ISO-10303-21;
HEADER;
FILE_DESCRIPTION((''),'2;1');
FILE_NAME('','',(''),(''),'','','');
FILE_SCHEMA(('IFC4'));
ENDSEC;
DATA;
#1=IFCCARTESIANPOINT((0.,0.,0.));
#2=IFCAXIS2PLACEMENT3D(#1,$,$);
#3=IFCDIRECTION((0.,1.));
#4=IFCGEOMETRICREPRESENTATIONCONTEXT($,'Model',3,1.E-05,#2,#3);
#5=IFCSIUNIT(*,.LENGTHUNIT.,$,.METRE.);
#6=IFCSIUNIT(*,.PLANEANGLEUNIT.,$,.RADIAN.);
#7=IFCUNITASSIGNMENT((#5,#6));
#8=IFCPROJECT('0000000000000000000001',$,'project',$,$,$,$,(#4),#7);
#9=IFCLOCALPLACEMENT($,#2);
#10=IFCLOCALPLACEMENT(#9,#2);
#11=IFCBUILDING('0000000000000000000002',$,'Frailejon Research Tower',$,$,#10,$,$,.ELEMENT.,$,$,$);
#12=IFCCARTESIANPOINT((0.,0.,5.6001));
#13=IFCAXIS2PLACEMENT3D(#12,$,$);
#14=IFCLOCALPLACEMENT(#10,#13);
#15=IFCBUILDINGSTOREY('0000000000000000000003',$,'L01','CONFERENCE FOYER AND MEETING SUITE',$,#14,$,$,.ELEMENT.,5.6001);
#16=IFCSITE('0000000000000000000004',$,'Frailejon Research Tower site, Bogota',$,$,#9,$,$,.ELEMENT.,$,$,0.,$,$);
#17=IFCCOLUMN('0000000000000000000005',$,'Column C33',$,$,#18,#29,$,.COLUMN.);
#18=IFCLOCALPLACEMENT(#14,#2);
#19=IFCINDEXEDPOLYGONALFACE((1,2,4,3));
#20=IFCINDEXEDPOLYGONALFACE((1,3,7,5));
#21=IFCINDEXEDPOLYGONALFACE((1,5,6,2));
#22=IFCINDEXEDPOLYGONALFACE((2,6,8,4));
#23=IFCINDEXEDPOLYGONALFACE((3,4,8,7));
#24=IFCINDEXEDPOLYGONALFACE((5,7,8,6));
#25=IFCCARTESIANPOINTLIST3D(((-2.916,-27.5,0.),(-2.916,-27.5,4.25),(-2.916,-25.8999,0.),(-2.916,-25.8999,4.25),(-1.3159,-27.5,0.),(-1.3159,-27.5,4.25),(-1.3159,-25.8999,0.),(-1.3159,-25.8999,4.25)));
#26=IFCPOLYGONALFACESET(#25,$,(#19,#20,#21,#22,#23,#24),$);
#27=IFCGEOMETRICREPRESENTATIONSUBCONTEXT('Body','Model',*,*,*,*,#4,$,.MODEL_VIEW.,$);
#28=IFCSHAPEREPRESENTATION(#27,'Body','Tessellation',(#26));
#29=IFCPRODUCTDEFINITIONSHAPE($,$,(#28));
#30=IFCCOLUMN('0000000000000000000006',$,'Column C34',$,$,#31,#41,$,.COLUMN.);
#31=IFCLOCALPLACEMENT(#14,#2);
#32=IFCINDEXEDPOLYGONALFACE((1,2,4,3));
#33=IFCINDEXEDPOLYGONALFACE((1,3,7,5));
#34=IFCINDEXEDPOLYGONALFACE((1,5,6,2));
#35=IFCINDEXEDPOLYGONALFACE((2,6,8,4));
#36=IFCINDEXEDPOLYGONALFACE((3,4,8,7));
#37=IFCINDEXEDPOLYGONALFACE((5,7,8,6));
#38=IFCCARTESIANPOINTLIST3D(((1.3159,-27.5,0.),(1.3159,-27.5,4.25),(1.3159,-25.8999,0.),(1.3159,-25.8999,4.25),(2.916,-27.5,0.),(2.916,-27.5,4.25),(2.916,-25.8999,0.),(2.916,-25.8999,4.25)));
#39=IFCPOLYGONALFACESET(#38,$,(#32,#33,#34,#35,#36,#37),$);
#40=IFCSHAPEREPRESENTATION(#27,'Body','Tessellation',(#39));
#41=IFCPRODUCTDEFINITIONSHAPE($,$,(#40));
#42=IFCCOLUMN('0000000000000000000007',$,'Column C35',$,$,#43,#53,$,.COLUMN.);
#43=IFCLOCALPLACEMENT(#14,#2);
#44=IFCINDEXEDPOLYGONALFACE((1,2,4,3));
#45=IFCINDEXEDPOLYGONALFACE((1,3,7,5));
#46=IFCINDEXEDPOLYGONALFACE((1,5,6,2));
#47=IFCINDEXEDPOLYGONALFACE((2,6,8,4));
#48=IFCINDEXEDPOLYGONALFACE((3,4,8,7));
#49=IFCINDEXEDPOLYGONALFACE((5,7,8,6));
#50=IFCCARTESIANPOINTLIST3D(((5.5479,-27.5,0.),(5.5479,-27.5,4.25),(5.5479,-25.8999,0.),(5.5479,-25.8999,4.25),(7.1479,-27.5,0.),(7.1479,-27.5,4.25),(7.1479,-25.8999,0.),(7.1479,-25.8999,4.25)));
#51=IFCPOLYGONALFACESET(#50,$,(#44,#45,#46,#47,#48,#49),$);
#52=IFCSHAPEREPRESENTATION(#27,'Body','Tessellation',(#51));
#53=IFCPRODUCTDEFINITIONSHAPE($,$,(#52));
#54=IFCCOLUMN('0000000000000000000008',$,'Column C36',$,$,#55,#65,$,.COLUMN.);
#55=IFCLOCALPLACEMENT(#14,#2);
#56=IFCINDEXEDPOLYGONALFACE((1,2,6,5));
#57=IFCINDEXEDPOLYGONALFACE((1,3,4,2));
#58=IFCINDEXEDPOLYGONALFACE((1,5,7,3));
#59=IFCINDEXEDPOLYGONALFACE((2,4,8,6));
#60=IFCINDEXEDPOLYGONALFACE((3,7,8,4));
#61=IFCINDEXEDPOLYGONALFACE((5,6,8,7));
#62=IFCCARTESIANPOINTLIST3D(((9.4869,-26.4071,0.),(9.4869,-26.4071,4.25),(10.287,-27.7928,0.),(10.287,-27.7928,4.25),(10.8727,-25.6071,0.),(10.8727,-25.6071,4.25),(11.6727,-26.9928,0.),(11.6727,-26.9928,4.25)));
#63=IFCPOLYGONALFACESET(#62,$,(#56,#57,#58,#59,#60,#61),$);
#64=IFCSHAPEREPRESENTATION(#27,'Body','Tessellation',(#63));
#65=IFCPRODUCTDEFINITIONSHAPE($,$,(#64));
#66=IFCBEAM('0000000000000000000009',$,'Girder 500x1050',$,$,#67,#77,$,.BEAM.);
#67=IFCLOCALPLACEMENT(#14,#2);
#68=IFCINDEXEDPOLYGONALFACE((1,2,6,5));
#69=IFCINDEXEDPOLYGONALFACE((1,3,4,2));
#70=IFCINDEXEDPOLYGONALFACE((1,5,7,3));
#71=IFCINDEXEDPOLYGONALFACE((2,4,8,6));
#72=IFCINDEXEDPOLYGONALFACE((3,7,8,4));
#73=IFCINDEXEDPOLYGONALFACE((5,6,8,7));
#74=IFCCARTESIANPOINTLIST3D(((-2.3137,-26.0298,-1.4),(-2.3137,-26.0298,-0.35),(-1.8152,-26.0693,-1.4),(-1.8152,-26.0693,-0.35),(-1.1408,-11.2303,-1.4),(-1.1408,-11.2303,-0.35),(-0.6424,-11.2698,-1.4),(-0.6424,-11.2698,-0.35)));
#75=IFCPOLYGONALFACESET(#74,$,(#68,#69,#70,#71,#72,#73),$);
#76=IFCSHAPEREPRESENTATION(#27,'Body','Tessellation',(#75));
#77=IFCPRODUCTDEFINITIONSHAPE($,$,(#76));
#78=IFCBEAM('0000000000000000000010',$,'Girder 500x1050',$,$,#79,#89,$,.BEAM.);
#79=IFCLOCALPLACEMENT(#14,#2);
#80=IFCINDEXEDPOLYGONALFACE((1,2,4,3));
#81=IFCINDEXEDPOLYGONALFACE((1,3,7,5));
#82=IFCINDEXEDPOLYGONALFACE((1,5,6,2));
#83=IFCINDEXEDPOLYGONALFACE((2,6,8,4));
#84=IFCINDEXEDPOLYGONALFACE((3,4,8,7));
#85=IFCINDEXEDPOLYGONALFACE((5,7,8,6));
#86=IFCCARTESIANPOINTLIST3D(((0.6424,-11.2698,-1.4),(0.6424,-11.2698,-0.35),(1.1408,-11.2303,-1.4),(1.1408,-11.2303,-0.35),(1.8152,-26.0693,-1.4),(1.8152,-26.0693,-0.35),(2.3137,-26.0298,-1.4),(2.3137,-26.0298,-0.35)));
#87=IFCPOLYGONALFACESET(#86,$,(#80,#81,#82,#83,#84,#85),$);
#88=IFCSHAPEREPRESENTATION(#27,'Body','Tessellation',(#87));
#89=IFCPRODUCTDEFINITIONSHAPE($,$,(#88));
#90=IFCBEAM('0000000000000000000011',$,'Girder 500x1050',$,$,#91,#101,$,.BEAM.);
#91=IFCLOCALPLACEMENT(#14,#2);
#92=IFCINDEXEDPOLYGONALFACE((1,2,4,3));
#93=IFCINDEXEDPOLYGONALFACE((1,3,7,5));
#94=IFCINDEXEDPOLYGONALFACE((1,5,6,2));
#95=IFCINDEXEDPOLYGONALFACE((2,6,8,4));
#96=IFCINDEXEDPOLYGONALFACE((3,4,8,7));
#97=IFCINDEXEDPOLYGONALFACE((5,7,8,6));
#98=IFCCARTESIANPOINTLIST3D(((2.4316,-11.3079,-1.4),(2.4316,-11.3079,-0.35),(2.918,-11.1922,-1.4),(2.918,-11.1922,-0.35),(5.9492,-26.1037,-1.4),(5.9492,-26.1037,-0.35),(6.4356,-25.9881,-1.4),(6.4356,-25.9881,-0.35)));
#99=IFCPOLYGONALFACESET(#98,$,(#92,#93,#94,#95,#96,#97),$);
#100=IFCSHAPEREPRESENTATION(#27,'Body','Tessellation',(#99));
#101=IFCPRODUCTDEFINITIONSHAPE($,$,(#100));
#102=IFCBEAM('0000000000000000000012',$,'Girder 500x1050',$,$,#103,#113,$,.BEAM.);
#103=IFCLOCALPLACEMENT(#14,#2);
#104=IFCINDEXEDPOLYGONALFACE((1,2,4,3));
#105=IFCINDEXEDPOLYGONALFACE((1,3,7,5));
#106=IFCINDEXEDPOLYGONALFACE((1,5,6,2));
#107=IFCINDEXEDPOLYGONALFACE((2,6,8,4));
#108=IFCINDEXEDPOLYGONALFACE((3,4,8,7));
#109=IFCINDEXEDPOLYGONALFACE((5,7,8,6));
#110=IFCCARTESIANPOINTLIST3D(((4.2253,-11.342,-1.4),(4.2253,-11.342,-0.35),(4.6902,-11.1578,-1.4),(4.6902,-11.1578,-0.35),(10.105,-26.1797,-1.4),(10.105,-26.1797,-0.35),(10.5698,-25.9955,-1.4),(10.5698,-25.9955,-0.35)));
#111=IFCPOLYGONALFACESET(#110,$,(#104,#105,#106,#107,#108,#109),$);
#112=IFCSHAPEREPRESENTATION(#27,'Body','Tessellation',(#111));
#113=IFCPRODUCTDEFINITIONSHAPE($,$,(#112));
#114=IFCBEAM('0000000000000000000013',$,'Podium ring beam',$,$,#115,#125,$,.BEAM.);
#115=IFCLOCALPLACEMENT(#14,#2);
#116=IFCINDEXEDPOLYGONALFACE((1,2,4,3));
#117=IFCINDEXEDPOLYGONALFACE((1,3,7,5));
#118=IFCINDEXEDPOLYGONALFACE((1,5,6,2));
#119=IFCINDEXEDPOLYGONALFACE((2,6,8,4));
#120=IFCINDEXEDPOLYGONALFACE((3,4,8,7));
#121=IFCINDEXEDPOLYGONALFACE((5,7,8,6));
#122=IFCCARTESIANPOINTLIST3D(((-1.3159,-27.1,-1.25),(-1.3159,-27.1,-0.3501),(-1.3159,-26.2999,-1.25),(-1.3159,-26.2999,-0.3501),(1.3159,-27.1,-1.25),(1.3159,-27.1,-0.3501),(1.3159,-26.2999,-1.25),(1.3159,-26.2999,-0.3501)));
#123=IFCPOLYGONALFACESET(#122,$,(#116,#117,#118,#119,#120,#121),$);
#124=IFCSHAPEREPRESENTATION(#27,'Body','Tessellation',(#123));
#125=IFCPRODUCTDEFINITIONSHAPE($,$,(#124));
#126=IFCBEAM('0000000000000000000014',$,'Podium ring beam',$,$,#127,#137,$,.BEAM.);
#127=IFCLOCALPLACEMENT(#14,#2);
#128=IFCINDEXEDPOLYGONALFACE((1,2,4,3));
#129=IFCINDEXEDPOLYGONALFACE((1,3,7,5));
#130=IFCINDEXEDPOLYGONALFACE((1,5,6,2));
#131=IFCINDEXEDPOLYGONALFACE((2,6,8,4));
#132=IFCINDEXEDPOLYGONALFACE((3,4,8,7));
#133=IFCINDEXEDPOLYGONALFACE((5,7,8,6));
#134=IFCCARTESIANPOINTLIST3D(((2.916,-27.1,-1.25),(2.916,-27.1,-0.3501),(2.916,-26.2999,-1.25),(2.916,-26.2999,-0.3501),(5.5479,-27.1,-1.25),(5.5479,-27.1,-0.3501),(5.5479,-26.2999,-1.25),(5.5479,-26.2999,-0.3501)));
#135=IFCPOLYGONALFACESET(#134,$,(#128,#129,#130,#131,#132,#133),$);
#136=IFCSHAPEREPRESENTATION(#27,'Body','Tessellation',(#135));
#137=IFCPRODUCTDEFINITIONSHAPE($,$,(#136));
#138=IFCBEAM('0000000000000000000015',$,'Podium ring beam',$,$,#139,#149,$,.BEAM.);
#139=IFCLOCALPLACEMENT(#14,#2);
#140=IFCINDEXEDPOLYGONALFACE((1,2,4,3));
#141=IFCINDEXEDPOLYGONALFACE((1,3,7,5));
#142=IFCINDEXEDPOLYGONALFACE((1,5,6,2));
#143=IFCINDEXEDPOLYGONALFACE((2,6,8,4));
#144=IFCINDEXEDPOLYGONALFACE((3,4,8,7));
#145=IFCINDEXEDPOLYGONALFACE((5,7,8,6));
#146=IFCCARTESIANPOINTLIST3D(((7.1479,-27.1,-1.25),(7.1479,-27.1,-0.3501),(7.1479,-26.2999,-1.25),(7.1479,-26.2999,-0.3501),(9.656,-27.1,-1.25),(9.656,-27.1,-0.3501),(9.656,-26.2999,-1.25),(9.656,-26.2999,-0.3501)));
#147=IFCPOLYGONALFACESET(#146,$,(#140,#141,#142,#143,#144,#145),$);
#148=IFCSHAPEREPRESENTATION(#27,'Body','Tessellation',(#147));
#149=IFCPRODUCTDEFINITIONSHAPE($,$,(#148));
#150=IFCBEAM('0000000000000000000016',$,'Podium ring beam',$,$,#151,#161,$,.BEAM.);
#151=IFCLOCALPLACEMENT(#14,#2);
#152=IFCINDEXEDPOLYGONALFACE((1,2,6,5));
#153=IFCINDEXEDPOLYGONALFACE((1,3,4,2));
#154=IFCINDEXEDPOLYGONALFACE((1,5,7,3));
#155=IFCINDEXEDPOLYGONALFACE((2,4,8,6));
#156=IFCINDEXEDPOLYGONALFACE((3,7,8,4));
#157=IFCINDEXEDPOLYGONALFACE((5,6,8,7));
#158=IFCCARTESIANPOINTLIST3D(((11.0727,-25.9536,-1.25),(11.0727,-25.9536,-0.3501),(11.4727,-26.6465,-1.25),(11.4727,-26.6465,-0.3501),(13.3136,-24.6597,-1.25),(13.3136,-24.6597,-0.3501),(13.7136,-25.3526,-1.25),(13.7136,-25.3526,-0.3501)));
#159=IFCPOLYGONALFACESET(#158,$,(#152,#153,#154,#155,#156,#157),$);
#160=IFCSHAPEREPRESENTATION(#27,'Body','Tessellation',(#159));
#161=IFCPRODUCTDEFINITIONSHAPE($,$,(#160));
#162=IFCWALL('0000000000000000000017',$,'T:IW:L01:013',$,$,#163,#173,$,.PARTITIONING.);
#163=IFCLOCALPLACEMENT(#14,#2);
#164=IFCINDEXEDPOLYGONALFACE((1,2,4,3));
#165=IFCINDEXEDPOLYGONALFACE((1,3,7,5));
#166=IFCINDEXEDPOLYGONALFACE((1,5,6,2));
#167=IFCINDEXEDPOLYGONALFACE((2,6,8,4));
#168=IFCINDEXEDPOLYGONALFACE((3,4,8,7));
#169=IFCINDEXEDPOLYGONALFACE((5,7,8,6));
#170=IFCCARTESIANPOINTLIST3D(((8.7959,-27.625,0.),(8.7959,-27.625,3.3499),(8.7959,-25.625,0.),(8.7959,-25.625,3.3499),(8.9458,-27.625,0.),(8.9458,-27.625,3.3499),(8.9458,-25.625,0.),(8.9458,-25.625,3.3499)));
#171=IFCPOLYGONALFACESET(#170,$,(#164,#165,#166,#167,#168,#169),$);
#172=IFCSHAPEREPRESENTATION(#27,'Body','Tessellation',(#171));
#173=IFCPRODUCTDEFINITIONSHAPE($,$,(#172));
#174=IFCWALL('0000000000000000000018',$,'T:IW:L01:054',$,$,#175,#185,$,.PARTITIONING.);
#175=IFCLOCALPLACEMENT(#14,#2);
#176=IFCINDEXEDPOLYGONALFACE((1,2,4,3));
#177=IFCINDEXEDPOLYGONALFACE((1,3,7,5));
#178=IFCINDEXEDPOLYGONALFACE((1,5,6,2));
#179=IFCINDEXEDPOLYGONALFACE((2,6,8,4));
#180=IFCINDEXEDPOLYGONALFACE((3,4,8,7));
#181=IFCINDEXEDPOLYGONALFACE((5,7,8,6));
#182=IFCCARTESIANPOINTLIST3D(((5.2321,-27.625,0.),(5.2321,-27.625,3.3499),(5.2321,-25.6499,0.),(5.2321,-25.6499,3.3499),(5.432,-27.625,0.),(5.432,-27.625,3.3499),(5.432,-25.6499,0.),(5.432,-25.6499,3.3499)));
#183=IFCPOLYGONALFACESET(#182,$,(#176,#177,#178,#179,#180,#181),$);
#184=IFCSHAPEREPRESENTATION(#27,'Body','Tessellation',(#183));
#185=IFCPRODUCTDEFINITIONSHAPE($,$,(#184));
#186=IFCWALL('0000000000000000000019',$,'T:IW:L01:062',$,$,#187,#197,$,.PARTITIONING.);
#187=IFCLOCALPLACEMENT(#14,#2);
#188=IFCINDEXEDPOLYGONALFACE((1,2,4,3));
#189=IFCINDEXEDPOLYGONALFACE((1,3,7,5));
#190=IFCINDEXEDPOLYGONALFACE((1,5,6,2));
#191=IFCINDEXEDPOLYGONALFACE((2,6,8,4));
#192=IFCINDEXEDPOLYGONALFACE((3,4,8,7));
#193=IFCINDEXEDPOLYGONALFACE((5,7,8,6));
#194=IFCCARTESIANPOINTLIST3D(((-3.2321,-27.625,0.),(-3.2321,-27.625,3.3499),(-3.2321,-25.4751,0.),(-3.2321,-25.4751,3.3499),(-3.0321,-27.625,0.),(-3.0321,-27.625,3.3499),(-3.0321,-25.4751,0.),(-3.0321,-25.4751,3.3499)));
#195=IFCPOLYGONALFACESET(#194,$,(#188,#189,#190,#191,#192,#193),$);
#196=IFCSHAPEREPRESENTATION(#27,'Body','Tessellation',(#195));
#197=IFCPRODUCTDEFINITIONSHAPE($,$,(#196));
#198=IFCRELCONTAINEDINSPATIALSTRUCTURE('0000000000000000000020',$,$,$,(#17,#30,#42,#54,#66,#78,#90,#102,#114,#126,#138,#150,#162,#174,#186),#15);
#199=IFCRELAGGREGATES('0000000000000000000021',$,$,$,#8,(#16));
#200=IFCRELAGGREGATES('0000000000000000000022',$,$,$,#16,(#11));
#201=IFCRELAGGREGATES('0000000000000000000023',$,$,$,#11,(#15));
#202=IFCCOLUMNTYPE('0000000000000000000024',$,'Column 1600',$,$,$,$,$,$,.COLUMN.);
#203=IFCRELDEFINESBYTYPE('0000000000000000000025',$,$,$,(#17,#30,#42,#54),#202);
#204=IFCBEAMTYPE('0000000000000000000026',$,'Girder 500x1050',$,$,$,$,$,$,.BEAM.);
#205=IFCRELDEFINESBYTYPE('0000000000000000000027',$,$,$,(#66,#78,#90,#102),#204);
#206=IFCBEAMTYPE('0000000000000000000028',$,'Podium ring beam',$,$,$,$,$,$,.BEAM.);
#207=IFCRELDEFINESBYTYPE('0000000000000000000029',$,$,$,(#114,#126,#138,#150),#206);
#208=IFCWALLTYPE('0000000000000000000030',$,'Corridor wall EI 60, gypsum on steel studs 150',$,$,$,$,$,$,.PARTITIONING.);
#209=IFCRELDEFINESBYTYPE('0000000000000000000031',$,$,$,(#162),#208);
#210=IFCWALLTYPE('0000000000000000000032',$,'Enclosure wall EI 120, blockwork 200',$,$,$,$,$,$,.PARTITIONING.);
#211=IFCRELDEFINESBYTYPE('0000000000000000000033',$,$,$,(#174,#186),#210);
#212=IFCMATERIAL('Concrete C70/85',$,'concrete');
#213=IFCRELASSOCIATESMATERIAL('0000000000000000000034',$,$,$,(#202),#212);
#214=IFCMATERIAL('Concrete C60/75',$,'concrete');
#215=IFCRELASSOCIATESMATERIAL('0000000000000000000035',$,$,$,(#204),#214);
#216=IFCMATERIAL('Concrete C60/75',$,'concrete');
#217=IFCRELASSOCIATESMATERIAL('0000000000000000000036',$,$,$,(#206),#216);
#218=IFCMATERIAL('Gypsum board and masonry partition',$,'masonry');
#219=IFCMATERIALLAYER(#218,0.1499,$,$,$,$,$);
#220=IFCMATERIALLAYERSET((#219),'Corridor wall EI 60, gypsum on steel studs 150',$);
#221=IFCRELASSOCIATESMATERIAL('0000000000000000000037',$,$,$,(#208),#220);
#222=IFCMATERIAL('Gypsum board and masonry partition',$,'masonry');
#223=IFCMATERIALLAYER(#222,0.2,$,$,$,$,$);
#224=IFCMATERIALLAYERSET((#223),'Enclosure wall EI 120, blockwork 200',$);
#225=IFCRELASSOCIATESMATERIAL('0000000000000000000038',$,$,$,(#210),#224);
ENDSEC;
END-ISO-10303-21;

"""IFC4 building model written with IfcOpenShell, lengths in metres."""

from ifc_helpers import new_model, si_unit, direction, frame, frame_2d, origin, origin_2d, place, context, subcontext, project, spatial, rectangle, extrude, material, layer, layer_set, material_profile, profile_set, type_object, element, save


model = new_model("IFC4")

# Units and contexts
model_context = context("Model", 3, precision=1e-05, world=origin(), true_north=direction((0.0, 1.0)))
body_context = subcontext(model_context, "Body", "Model", "MODEL_VIEW")
ifc_project = project(units=[si_unit("LENGTHUNIT", "METRE"), si_unit("PLANEANGLEUNIT", "RADIAN")], contexts=[model_context])

# Site, building, storey
site_placement = place(None, origin())
site = spatial("IfcSite", under=ifc_project, at=site_placement, Name="Frailejon Research Tower site, Bogota", CompositionType="ELEMENT", RefElevation=0.0)
building_placement = place(site_placement, origin())
building = spatial("IfcBuilding", under=site, at=building_placement, Name="Frailejon Research Tower", CompositionType="ELEMENT")
storey_placement = place(building_placement, frame((0.0, 0.0, 5.6001)))
storey = spatial("IfcBuildingStorey", under=building, at=storey_placement, Name="L01", Description="CONFERENCE FOYER AND MEETING SUITE", CompositionType="ELEMENT", Elevation=5.6001)

# Columns
ifc_material_1 = material(Name="Concrete C70/85", Category="concrete")
ifc_material_profile_1 = material_profile(ifc_material_1, rectangle(XDim=1.6001, YDim=1.6001, at=origin_2d()), Name="Column 1600")
ifc_profile_set_1 = profile_set([ifc_material_profile_1], Name="Concrete C70/85")
column_type = type_object("IfcColumnType", Name="Column 1600", PredefinedType="COLUMN", material=ifc_profile_set_1)
for number, where, z_axis, x_axis, name in (
    (1, (-2.116, -26.7, 0.0), (0.0, 0.0, 1.0), (1.0, 0.0, 0.0), "Column C33"),
    (2, (2.116, -26.7, 0.0), (0.0, 0.0, 1.0), (1.0, 0.0, 0.0), "Column C34"),
    (3, (6.3479, -26.7, 0.0), (0.0, 0.0, 1.0), (1.0, 0.0, 0.0), "Column C35"),
    (4, (10.5798, -26.7, 0.0), (0.0, 0.0, 1.0), (0.866025, 0.5, 0.0), "Column C36"),
):
    element("IfcColumn", number, at=place(storey_placement, frame(where, z_axis=z_axis, x_axis=x_axis)), inside=storey, type_object=column_type, Name=name, PredefinedType="COLUMN", context=body_context, shape_type="SweptSolid", body=[
        extrude(rectangle(XDim=1.6001, YDim=1.6001, at=origin_2d()), origin(), (0.0, 0.0, 1.0), 4.25),
    ])

# Beams
ifc_material_2 = material(Name="Concrete C60/75", Category="concrete")
ifc_material_profile_2 = material_profile(ifc_material_2, rectangle(XDim=0.5, YDim=1.05, at=origin_2d()), Name="Girder 500x1050")
ifc_profile_set_2 = profile_set([ifc_material_profile_2], Name="Concrete C60/75")
beam_type_1 = type_object("IfcBeamType", Name="Girder 500x1050", PredefinedType="BEAM", material=ifc_profile_set_2)
for number, where, z_axis, x_axis, name in (
    (5, (-2.0645, -26.0496, -0.875), (0.079001, 0.996875, 0.0), (-0.996875, 0.079001, 0.0), "Girder 500x1050"),
    (6, (2.0645, -26.0496, -0.875), (-0.079001, 0.996875, 0.0), (-0.996875, -0.079001, 0.0), "Girder 500x1050"),
):
    element("IfcBeam", number, at=place(storey_placement, frame(where, z_axis=z_axis, x_axis=x_axis)), inside=storey, type_object=beam_type_1, Name=name, PredefinedType="BEAM", context=body_context, shape_type="SweptSolid", body=[
        extrude(rectangle(XDim=0.5, YDim=1.05, at=origin_2d()), origin(), (0.0, 0.0, 1.0), 14.8459),
    ])
beam_1_placement = place(storey_placement, frame((6.1924, -26.0459, -0.875), z_axis=(-0.231294, 0.972884, 0.0), x_axis=(-0.972884, -0.231294, 0.0)))
element("IfcBeam", 7, at=beam_1_placement, inside=storey, type_object=beam_type_1, Name="Girder 500x1050", PredefinedType="BEAM", context=body_context, shape_type="SweptSolid", body=[
    extrude(rectangle(XDim=0.5, YDim=1.05, at=origin_2d()), origin(), (0.0, 0.0, 1.0), 15.2083),
])
beam_2_placement = place(storey_placement, frame((10.3374, -26.0876, -0.875), z_axis=(-0.368395, 0.929669, 0.0), x_axis=(-0.929669, -0.368395, 0.0)))
element("IfcBeam", 8, at=beam_2_placement, inside=storey, type_object=beam_type_1, Name="Girder 500x1050", PredefinedType="BEAM", context=body_context, shape_type="SweptSolid", body=[
    extrude(rectangle(XDim=0.5, YDim=1.05, at=origin_2d()), origin(), (0.0, 0.0, 1.0), 15.9602),
])
ifc_material_3 = material(Name="Concrete C60/75", Category="concrete")
ifc_material_profile_3 = material_profile(ifc_material_3, rectangle(XDim=0.8, YDim=0.8999, at=origin_2d()), Name="Podium ring beam")
ifc_profile_set_3 = profile_set([ifc_material_profile_3], Name="Concrete C60/75")
beam_type_2 = type_object("IfcBeamType", Name="Podium ring beam", PredefinedType="BEAM", material=ifc_profile_set_3)
for number, where, z_axis, x_axis, name in (
    (9, (-1.3159, -26.7, -0.8), (1.0, 0.0, 0.0), (0.0, 1.0, 0.0), "Podium ring beam"),
    (10, (2.916, -26.7, -0.8), (1.0, 0.0, 0.0), (0.0, 1.0, 0.0), "Podium ring beam"),
):
    element("IfcBeam", number, at=place(storey_placement, frame(where, z_axis=z_axis, x_axis=x_axis)), inside=storey, type_object=beam_type_2, Name=name, PredefinedType="BEAM", context=body_context, shape_type="SweptSolid", body=[
        extrude(rectangle(XDim=0.8, YDim=0.8999, at=origin_2d()), origin(), (0.0, 0.0, 1.0), 2.6318),
    ])
beam_3_placement = place(storey_placement, frame((7.1479, -26.7, -0.8), z_axis=(1.0, 0.0, 0.0), x_axis=(0.0, 1.0, 0.0)))
element("IfcBeam", 11, at=beam_3_placement, inside=storey, type_object=beam_type_2, Name="Podium ring beam", PredefinedType="BEAM", context=body_context, shape_type="SweptSolid", body=[
    extrude(rectangle(XDim=0.8, YDim=0.8999, at=origin_2d()), origin(), (0.0, 0.0, 1.0), 2.5081),
])
beam_4_placement = place(storey_placement, frame((11.2727, -26.3, -0.8), z_axis=(0.866005, 0.500036, 0.0), x_axis=(-0.500036, 0.866005, 0.0)))
element("IfcBeam", 12, at=beam_4_placement, inside=storey, type_object=beam_type_2, Name="Podium ring beam", PredefinedType="BEAM", context=body_context, shape_type="SweptSolid", body=[
    extrude(rectangle(XDim=0.8, YDim=0.8999, at=origin_2d()), origin(), (0.0, 0.0, 1.0), 2.5876),
])

# Walls
ifc_material_4 = material(Name="Gypsum board and masonry partition", Category="masonry")
ifc_layer_1 = layer(ifc_material_4, 0.1499)
ifc_layer_set_1 = layer_set([ifc_layer_1], Name="Corridor wall EI 60, gypsum on steel studs 150")
wall_type_1 = type_object("IfcWallType", Name="Corridor wall EI 60, gypsum on steel studs 150", PredefinedType="PARTITIONING", material=ifc_layer_set_1)
wall_1_placement = place(storey_placement, frame((8.8708, -27.625, 0.0), z_axis=(0.0, 0.0, 1.0), x_axis=(0.0, 1.0, 0.0)))
element("IfcWall", 13, at=wall_1_placement, inside=storey, type_object=wall_type_1, Name="T:IW:L01:013", PredefinedType="PARTITIONING", context=body_context, shape_type="SweptSolid", body=[
    extrude(rectangle(XDim=2.0, YDim=0.1499, at=frame_2d((1.0, 0.0))), origin(), (0.0, 0.0, 1.0), 3.3499),
])
ifc_material_5 = material(Name="Gypsum board and masonry partition", Category="masonry")
ifc_layer_2 = layer(ifc_material_5, 0.2)
ifc_layer_set_2 = layer_set([ifc_layer_2], Name="Enclosure wall EI 120, blockwork 200")
wall_type_2 = type_object("IfcWallType", Name="Enclosure wall EI 120, blockwork 200", PredefinedType="PARTITIONING", material=ifc_layer_set_2)
wall_2_placement = place(storey_placement, frame((5.332, -27.625, 0.0), z_axis=(0.0, 0.0, 1.0), x_axis=(0.0, 1.0, 0.0)))
element("IfcWall", 14, at=wall_2_placement, inside=storey, type_object=wall_type_2, Name="T:IW:L01:054", PredefinedType="PARTITIONING", context=body_context, shape_type="SweptSolid", body=[
    extrude(rectangle(XDim=1.9751, YDim=0.2, at=frame_2d((0.9875, 0.0))), origin(), (0.0, 0.0, 1.0), 3.3499),
])
for number, where, z_axis, x_axis, name in (
    (15, (-3.1321, -27.625, 0.0), (0.0, 0.0, 1.0), (0.0, 1.0, 0.0), "T:IW:L01:062"),
):
    element("IfcWall", number, at=place(storey_placement, frame(where, z_axis=z_axis, x_axis=x_axis)), inside=storey, type_object=wall_type_2, Name=name, PredefinedType="PARTITIONING", context=body_context, shape_type="SweptSolid", body=[
        extrude(rectangle(XDim=2.1499, YDim=0.2, at=frame_2d((1.075, 0.0))), origin(), (0.0, 0.0, 1.0), 3.3499),
    ])

save(model, "model.ifc")
